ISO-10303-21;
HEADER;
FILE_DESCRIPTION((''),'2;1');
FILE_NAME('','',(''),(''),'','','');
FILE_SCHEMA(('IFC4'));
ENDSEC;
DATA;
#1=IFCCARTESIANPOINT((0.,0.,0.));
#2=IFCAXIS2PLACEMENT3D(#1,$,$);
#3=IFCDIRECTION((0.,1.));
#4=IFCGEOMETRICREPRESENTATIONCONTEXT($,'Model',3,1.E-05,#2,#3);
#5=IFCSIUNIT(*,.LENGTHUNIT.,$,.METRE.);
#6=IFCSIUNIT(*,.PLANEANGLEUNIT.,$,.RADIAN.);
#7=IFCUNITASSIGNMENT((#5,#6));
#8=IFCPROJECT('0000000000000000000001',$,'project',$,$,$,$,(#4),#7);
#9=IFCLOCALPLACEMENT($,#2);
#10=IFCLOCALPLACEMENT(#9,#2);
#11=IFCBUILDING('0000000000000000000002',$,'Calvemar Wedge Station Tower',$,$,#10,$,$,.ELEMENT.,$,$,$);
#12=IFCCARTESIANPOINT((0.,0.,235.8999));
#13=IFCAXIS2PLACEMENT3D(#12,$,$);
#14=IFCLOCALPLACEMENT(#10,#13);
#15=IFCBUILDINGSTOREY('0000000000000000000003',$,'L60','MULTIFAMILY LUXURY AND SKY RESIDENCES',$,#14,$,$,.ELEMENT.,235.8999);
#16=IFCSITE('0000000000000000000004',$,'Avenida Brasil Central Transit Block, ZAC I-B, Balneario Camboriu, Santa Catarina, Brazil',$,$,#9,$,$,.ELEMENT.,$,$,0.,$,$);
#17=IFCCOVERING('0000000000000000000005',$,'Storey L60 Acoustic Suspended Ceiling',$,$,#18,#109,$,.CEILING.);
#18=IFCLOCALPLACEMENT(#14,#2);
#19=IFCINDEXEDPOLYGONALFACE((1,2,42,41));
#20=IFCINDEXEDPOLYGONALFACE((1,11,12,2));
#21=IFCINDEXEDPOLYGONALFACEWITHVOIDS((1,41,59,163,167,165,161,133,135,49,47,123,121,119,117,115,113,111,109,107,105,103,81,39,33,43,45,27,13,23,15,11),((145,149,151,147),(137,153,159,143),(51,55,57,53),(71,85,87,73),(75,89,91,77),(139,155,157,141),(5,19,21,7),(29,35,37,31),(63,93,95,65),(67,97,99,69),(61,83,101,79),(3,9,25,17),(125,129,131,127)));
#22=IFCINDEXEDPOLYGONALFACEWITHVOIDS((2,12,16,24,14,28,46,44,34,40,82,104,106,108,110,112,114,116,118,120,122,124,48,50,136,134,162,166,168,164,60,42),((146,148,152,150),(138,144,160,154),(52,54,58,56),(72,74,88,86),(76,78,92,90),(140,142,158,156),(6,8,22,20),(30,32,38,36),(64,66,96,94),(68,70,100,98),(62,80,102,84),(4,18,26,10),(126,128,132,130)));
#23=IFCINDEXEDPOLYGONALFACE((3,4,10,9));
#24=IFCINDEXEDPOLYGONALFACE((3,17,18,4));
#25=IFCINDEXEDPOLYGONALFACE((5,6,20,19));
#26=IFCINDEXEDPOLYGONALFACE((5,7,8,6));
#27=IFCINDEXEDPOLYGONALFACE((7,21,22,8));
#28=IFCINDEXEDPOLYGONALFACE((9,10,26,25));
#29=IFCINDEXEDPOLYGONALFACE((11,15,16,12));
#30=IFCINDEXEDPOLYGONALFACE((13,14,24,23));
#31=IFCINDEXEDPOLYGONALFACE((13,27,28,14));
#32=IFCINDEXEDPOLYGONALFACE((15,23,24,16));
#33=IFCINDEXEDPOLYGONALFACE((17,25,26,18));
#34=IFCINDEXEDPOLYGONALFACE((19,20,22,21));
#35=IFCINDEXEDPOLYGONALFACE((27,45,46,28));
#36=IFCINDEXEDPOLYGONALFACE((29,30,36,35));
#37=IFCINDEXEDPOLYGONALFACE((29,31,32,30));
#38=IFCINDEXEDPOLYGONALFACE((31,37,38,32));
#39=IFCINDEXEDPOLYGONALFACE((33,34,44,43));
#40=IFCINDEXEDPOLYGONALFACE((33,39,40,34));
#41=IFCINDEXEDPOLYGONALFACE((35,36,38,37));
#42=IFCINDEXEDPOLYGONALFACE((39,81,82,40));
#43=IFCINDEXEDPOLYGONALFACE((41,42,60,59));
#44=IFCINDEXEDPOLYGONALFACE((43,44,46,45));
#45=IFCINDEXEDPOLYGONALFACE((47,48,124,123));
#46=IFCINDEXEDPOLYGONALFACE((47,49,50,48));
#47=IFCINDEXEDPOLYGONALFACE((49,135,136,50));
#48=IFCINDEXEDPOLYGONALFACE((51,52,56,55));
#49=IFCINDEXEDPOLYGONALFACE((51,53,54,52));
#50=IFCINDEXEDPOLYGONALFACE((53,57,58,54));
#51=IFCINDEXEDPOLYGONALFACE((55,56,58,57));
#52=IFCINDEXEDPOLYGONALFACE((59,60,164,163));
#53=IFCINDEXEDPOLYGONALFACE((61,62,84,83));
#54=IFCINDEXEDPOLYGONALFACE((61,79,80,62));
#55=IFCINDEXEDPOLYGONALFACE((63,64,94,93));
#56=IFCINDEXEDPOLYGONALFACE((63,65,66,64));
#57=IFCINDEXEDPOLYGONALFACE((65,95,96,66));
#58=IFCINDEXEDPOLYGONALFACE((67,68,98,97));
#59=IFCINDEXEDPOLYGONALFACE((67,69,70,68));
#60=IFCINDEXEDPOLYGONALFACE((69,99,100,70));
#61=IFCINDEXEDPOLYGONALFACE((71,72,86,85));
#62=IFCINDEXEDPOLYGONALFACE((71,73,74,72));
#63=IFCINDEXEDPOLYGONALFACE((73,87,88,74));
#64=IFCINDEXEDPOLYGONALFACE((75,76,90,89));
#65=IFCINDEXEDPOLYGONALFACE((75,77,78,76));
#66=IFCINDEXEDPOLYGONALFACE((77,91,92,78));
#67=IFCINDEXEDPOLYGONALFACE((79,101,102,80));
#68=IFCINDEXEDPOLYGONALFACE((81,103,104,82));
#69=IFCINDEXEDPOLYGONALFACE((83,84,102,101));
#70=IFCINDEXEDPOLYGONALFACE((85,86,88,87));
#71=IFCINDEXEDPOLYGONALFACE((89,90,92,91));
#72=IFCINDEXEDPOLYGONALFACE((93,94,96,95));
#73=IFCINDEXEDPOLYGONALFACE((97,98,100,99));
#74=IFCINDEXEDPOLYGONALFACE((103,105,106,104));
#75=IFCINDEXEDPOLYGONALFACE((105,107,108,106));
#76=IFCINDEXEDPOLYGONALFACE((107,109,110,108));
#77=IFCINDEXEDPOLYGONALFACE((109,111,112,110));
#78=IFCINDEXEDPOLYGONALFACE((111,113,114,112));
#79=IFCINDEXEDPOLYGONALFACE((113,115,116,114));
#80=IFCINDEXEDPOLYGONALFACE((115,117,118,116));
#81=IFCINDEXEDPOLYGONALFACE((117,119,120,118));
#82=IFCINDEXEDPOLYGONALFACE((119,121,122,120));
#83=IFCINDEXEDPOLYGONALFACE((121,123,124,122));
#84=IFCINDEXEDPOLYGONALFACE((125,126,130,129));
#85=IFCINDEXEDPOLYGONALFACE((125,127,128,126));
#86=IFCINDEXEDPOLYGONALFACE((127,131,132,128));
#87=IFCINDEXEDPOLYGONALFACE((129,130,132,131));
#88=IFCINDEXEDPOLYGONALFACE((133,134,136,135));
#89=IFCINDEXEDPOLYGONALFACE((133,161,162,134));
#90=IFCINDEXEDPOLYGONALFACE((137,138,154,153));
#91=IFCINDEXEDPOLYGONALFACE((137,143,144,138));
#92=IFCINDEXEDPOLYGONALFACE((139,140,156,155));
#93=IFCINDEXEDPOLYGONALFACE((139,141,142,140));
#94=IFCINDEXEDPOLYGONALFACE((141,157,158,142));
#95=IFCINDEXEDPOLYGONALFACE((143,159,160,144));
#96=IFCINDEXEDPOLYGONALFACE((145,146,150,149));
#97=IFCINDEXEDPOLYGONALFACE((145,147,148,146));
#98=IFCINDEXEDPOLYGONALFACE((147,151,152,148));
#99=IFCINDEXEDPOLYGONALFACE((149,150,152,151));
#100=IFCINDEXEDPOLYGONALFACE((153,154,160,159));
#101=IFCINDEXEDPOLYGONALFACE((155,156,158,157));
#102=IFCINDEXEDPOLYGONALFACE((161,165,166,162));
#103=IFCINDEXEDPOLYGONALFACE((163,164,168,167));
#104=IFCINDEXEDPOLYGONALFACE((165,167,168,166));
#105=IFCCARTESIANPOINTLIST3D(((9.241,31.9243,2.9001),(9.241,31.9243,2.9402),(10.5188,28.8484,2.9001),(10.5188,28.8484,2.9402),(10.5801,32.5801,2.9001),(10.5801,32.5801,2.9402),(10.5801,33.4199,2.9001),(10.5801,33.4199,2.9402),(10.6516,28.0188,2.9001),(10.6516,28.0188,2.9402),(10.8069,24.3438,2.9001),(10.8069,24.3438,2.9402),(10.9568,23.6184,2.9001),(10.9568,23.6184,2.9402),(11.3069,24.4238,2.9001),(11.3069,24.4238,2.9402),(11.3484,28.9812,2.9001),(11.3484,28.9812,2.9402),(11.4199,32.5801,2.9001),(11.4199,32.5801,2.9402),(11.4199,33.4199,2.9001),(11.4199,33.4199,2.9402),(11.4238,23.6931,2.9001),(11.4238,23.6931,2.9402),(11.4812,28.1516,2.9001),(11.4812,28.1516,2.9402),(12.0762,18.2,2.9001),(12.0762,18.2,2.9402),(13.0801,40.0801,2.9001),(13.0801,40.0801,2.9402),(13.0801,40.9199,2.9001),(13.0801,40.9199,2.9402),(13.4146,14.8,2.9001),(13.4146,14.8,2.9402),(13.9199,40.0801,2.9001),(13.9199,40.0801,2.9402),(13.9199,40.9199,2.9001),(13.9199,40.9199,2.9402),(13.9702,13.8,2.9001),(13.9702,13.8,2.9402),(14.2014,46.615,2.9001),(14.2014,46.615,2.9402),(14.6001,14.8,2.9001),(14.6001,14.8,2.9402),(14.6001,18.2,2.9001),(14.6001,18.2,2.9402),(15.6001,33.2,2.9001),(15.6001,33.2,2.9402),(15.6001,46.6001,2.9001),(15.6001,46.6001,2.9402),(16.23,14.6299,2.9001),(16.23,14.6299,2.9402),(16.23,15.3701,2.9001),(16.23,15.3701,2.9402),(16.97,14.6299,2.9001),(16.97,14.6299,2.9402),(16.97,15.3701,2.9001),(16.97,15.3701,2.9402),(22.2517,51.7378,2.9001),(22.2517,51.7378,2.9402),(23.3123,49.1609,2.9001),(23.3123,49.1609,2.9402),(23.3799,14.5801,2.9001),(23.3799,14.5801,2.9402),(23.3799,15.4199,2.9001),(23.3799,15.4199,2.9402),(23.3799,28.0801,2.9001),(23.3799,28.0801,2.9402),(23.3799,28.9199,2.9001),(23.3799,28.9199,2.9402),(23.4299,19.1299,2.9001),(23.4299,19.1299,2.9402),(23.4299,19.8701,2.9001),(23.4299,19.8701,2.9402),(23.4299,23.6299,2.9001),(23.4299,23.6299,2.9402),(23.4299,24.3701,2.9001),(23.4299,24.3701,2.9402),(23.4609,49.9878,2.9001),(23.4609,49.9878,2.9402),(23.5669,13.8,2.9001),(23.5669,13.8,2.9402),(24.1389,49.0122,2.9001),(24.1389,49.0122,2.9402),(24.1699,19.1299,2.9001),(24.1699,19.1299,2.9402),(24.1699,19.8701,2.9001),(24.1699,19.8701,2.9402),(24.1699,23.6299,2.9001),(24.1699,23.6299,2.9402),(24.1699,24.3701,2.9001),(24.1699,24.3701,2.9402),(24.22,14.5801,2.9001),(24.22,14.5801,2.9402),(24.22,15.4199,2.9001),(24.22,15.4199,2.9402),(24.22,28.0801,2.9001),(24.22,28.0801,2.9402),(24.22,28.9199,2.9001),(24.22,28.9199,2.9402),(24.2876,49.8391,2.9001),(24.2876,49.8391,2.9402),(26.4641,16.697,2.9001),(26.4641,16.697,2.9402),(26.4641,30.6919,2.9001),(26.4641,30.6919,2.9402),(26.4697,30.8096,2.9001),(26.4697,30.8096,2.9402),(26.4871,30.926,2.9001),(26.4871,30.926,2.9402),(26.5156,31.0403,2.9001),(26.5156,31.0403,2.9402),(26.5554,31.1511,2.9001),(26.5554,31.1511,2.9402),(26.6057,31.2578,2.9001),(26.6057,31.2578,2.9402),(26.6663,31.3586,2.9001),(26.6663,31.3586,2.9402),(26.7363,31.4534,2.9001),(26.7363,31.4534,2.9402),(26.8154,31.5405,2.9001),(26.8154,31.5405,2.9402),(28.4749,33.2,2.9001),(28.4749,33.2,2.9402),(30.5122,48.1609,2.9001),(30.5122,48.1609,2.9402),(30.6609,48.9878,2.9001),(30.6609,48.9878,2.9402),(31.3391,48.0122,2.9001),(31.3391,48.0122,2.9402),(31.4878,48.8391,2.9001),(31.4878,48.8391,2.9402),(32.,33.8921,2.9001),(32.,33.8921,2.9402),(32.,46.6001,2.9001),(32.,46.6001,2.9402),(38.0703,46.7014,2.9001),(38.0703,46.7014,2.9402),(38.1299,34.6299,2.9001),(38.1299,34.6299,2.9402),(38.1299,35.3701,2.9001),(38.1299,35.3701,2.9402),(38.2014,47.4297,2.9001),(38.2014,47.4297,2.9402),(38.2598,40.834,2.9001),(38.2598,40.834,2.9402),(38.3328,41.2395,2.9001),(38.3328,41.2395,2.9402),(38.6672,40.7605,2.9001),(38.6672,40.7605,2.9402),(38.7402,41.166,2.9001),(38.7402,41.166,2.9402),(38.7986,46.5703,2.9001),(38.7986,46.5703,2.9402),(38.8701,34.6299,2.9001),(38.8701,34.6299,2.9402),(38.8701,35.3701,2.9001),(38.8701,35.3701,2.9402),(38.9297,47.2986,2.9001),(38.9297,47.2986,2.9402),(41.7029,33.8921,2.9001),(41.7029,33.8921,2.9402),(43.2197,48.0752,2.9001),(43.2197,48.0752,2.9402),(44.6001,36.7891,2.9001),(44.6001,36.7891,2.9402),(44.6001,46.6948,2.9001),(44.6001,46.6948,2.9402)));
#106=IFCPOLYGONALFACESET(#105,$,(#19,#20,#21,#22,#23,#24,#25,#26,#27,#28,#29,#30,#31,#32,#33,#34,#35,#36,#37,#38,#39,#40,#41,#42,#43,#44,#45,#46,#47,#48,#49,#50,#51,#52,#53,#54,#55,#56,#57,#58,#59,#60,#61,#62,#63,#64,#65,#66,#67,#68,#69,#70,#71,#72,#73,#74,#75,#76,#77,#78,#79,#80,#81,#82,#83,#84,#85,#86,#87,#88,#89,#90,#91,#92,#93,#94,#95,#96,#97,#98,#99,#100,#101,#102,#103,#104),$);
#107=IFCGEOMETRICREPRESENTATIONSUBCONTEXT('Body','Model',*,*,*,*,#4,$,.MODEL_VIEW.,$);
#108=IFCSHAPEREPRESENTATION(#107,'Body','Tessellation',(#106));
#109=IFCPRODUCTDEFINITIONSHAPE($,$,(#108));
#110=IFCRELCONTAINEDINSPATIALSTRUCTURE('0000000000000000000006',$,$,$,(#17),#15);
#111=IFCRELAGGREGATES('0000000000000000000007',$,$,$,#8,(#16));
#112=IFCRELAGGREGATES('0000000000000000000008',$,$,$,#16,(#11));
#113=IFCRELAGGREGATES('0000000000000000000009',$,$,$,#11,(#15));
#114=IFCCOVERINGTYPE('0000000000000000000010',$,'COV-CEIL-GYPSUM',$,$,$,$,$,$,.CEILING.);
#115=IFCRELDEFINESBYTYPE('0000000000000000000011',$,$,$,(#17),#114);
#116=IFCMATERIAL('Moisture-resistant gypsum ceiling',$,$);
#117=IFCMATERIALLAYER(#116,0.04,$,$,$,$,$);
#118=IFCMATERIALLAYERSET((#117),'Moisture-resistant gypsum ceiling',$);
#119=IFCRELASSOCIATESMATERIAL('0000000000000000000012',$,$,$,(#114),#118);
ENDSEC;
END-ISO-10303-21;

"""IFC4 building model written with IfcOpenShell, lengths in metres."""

from ifc_helpers import new_model, si_unit, direction, frame, origin, place, context, subcontext, project, spatial, polyline, outline, extrude, material, layer, layer_set, type_object, element, save


model = new_model("IFC4")

# Units and contexts
model_context = context("Model", 3, precision=1e-05, world=origin(), true_north=direction((0.0, 1.0)))
body_context = subcontext(model_context, "Body", "Model", "MODEL_VIEW")
ifc_project = project(units=[si_unit("LENGTHUNIT", "METRE"), si_unit("PLANEANGLEUNIT", "RADIAN")], contexts=[model_context])

# Site, building, storey
site_placement = place(None, origin())
site = spatial("IfcSite", under=ifc_project, at=site_placement, Name="Avenida Brasil Central Transit Block, ZAC I-B, Balneario Camboriu, Santa Catarina, Brazil", CompositionType="ELEMENT", RefElevation=0.0)
building_placement = place(site_placement, origin())
building = spatial("IfcBuilding", under=site, at=building_placement, Name="Calvemar Wedge Station Tower", CompositionType="ELEMENT")
storey_placement = place(building_placement, frame((0.0, 0.0, 235.8999)))
storey = spatial("IfcBuildingStorey", under=building, at=storey_placement, Name="L60", Description="MULTIFAMILY LUXURY AND SKY RESIDENCES", CompositionType="ELEMENT", Elevation=235.8999)

# Covering
ifc_material_1 = material(Name="Moisture-resistant gypsum ceiling")
ifc_layer_1 = layer(ifc_material_1, 0.04)
ifc_layer_set_1 = layer_set([ifc_layer_1], Name="Moisture-resistant gypsum ceiling")
covering_type_1 = type_object("IfcCoveringType", Name="COV-CEIL-GYPSUM", PredefinedType="CEILING", material=ifc_layer_set_1)
covering_1_placement = place(storey_placement, frame((0.0, 0.0, 2.9001)))
element("IfcCovering", 1, at=covering_1_placement, inside=storey, type_object=covering_type_1, Name="Storey L60 Acoustic Suspended Ceiling", PredefinedType="CEILING", context=body_context, shape_type="SweptSolid", body=[
    extrude(outline(polyline([(26.6663, 31.3586), (26.7363, 31.4534), (26.8154, 31.5405), (28.4749, 33.2), (15.6001, 33.2), (15.6001, 46.6001), (32.0, 46.6001), (32.0, 33.8921), (41.7029, 33.8921), (44.6001, 36.7891), (44.6001, 46.6948), (43.2197, 48.0752), (22.2517, 51.7378), (14.2014, 46.615), (9.241, 31.9243), (10.8069, 24.3438), (11.3069, 24.4238), (11.4238, 23.6931), (10.9568, 23.6184), (12.0762, 18.2), (14.6001, 18.2), (14.6001, 14.8), (13.4146, 14.8), (13.9702, 13.8), (23.5669, 13.8), (26.4641, 16.697), (26.4641, 30.6919), (26.4697, 30.8096), (26.4871, 30.926), (26.5156, 31.0403), (26.5554, 31.1511), (26.6057, 31.2578), (26.6663, 31.3586)]), holes=[polyline([(11.4199, 33.4199), (11.4199, 32.5801), (10.5801, 32.5801), (10.5801, 33.4199), (11.4199, 33.4199)]), polyline([(13.9199, 40.0801), (13.0801, 40.0801), (13.0801, 40.9199), (13.9199, 40.9199), (13.9199, 40.0801)]), polyline([(23.3123, 49.1609), (23.4609, 49.9878), (24.2876, 49.8391), (24.1389, 49.0122), (23.3123, 49.1609)]), polyline([(30.6609, 48.9878), (31.4878, 48.8391), (31.3391, 48.0122), (30.5122, 48.1609), (30.6609, 48.9878)]), polyline([(38.9297, 47.2986), (38.7986, 46.5703), (38.0703, 46.7014), (38.2014, 47.4297), (38.9297, 47.2986)]), polyline([(38.8701, 34.6299), (38.1299, 34.6299), (38.1299, 35.3701), (38.8701, 35.3701), (38.8701, 34.6299)]), polyline([(38.2598, 40.834), (38.3328, 41.2395), (38.7402, 41.166), (38.6672, 40.7605), (38.2598, 40.834)]), polyline([(11.3484, 28.9812), (11.4812, 28.1516), (10.6516, 28.0188), (10.5188, 28.8484), (11.3484, 28.9812)]), polyline([(24.22, 28.0801), (23.3799, 28.0801), (23.3799, 28.9199), (24.22, 28.9199), (24.22, 28.0801)]), polyline([(23.4299, 23.6299), (23.4299, 24.3701), (24.1699, 24.3701), (24.1699, 23.6299), (23.4299, 23.6299)]), polyline([(23.4299, 19.8701), (24.1699, 19.8701), (24.1699, 19.1299), (23.4299, 19.1299), (23.4299, 19.8701)]), polyline([(24.22, 15.4199), (24.22, 14.5801), (23.3799, 14.5801), (23.3799, 15.4199), (24.22, 15.4199)]), polyline([(16.97, 14.6299), (16.23, 14.6299), (16.23, 15.3701), (16.97, 15.3701), (16.97, 14.6299)])]), origin(), (0.0, 0.0, 1.0), 0.04),
])

save(model, "model.ifc")
